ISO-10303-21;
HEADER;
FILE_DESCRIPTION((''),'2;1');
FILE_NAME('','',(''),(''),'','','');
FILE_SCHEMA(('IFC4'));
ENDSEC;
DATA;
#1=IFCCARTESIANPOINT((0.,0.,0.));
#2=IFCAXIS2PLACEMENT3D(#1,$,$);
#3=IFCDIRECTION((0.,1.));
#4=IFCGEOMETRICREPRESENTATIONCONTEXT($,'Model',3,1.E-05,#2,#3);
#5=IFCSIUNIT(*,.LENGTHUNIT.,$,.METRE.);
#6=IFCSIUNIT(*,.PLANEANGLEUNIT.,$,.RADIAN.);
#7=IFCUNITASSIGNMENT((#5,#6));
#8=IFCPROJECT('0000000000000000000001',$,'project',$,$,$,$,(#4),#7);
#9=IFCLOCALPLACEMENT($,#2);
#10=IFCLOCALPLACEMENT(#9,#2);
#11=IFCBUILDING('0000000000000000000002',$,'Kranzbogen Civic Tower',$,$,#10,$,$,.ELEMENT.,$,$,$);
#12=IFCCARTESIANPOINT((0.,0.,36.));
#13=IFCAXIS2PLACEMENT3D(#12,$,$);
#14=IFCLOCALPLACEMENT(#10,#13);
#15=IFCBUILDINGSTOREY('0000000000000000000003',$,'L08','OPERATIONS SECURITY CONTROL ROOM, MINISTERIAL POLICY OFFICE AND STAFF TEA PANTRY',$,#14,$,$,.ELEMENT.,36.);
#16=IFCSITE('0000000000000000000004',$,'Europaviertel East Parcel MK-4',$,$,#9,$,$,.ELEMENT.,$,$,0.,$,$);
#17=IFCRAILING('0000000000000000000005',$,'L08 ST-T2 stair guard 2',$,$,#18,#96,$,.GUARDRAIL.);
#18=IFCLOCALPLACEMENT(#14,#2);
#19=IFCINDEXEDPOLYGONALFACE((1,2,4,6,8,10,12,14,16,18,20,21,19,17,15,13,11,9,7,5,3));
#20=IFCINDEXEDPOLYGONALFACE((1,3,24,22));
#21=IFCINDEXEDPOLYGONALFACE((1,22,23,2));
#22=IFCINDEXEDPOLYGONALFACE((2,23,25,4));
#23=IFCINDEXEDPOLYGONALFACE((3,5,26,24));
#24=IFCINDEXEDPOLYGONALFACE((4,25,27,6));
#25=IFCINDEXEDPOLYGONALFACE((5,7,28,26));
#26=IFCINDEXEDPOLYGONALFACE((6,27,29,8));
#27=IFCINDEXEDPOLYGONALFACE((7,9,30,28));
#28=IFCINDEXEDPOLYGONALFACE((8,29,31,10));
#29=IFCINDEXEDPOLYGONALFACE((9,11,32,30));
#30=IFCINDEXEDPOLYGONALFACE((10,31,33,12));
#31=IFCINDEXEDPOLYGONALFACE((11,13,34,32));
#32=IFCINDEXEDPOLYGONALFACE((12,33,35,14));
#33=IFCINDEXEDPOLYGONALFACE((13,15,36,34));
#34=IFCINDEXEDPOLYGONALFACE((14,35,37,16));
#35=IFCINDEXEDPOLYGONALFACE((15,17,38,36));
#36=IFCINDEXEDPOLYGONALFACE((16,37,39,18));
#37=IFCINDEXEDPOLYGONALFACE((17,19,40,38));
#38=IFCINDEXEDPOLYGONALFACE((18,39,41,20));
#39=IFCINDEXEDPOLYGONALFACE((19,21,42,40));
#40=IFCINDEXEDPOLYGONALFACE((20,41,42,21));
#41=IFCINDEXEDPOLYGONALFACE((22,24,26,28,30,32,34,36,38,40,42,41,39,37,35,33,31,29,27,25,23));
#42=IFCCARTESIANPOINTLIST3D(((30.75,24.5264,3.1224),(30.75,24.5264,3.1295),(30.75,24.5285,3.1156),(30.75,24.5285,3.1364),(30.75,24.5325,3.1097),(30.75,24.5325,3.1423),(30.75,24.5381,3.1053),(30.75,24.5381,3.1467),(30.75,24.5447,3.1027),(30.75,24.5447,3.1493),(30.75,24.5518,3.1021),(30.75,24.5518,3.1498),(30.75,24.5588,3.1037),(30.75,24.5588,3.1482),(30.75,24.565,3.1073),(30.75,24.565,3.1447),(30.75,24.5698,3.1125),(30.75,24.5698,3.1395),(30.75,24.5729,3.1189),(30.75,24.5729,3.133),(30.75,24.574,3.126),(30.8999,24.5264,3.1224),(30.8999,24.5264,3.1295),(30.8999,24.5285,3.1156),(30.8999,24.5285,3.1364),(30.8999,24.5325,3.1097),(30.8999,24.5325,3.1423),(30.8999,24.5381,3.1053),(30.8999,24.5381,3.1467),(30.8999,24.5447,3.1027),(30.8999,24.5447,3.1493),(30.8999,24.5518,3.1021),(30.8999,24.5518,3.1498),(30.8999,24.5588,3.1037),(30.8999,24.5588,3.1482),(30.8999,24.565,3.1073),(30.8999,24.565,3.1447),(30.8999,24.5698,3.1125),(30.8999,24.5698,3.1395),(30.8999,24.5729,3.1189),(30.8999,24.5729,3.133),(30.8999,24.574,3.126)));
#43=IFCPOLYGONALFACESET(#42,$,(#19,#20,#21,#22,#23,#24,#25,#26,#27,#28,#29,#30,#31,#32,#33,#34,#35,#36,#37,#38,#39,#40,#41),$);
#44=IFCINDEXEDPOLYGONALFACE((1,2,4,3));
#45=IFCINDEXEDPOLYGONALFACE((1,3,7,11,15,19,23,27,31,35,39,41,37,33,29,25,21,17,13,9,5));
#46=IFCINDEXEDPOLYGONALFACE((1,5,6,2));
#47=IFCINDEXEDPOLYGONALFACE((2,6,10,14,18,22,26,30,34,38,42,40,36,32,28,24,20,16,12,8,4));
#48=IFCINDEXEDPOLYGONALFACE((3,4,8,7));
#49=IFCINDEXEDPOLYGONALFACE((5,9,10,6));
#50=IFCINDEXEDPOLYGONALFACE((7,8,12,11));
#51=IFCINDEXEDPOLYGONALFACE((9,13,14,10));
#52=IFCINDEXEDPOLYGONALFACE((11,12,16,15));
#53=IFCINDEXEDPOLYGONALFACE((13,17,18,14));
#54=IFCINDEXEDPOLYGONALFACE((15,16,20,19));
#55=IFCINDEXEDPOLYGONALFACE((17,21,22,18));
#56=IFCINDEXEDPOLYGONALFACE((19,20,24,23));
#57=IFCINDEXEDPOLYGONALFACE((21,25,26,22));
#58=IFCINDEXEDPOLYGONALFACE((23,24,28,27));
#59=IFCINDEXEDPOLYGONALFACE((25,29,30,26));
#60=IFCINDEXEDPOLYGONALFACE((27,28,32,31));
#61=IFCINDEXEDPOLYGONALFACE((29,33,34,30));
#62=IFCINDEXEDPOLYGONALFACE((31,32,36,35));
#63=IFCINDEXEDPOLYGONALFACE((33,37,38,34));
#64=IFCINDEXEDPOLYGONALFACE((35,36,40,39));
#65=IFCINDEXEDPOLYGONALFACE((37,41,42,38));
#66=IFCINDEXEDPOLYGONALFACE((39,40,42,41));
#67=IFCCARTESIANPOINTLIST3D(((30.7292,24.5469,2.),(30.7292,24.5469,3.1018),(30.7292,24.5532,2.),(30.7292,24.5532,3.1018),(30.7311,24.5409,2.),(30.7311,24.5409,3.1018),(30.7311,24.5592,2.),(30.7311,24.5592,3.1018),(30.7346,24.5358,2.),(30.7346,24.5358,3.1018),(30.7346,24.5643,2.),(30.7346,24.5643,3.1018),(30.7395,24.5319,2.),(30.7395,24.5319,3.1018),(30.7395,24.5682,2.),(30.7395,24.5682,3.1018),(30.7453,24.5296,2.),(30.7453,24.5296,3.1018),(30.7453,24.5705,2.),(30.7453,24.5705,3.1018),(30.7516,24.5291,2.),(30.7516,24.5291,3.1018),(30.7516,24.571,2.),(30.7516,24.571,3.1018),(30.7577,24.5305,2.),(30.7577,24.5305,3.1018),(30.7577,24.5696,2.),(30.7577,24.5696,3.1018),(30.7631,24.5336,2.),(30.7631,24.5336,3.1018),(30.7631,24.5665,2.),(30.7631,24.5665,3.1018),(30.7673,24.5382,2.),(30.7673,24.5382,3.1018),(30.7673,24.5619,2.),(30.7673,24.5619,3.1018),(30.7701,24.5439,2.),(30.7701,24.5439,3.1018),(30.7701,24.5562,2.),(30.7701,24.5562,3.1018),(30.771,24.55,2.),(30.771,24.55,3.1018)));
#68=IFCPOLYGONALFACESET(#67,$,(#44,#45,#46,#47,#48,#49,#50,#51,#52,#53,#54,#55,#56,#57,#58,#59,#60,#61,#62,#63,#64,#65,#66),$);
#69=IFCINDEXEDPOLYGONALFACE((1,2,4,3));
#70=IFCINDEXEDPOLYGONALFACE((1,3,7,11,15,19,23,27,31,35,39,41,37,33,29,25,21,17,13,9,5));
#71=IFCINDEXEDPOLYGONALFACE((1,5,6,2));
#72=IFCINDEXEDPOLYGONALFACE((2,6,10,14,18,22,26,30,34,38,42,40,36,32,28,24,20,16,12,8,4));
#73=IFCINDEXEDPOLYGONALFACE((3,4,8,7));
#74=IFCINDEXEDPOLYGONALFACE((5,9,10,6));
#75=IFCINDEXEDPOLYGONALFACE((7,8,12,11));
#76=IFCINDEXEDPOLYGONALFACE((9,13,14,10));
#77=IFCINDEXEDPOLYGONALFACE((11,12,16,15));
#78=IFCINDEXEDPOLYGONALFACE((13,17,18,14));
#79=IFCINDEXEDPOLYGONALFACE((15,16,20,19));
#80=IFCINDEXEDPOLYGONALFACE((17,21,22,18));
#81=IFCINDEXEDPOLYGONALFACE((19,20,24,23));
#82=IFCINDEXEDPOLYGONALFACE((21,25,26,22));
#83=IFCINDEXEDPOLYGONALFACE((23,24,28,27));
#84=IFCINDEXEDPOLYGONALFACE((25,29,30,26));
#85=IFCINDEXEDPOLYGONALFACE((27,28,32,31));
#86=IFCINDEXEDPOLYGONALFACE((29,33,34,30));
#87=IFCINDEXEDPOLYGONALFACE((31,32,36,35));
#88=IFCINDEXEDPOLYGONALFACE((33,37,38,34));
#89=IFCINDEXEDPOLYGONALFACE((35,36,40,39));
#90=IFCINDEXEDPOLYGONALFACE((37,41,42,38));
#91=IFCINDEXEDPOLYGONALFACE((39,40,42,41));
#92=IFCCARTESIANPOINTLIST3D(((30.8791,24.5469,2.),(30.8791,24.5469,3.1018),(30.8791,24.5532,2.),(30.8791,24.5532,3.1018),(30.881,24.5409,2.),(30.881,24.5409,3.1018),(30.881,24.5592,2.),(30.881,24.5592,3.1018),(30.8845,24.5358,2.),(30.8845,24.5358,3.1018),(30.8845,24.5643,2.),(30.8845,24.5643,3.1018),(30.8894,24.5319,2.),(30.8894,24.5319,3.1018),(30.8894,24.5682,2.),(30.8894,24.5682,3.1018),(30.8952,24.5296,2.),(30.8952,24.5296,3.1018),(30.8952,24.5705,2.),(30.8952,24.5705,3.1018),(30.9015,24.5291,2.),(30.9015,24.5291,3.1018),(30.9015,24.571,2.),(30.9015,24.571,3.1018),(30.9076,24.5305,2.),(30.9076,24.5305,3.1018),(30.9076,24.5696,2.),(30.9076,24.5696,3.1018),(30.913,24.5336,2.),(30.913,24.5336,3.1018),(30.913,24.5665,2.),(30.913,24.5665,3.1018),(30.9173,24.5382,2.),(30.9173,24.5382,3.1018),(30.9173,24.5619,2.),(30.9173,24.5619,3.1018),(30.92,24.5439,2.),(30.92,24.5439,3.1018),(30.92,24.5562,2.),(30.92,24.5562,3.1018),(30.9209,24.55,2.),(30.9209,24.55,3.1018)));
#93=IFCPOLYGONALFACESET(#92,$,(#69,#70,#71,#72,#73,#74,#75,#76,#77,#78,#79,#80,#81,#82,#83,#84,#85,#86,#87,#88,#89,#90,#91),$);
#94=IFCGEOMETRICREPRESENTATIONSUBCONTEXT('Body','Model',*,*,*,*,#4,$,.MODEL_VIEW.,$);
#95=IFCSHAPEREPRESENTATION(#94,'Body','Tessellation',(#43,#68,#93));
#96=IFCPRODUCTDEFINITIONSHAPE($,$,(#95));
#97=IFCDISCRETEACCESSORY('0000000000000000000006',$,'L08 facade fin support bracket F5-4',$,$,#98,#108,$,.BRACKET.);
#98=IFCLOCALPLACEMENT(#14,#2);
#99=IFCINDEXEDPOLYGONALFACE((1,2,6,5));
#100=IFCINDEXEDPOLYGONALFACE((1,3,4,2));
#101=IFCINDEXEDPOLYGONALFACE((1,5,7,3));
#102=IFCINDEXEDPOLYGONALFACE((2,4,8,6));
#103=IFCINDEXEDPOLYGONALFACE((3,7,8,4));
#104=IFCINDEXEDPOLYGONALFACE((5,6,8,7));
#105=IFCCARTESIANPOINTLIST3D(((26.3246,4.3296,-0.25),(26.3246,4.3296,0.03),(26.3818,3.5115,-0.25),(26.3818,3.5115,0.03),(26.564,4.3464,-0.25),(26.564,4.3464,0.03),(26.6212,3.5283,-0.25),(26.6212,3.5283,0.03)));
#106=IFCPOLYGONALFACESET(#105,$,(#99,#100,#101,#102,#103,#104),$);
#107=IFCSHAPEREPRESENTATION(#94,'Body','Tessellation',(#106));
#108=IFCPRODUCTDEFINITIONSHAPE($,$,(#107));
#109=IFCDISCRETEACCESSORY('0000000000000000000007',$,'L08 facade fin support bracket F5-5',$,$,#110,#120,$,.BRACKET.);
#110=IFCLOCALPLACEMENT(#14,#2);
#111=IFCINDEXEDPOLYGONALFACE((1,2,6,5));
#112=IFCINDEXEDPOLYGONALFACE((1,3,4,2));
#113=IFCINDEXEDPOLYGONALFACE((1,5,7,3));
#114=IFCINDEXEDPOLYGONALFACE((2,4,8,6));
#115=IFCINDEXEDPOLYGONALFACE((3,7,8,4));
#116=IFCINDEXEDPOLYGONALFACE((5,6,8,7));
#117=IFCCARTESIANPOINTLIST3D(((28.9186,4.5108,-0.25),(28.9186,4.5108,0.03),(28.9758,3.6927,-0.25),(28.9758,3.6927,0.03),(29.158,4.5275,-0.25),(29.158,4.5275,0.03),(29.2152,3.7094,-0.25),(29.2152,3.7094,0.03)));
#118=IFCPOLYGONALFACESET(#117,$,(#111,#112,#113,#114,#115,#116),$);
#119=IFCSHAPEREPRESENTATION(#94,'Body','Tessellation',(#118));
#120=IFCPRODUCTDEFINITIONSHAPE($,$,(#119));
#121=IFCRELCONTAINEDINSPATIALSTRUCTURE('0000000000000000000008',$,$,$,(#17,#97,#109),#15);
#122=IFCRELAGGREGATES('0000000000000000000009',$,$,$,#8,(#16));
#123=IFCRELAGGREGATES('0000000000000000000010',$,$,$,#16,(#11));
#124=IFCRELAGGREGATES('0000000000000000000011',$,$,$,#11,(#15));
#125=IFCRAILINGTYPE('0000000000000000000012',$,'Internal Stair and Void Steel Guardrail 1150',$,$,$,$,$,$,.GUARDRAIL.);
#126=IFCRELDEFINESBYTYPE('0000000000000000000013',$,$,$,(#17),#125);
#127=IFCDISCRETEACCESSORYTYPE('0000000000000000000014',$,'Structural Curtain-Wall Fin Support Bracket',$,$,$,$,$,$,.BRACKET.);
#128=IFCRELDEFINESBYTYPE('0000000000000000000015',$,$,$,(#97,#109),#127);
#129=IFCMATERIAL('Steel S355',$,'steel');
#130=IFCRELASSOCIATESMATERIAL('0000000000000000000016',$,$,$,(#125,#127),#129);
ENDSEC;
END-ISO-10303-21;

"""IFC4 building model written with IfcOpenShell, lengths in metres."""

from ifc_helpers import new_model, si_unit, direction, frame, origin, origin_2d, place, context, subcontext, project, spatial, rectangle, circle, extrude, material, type_object, element, save


model = new_model("IFC4")

# Units and contexts
model_context = context("Model", 3, precision=1e-05, world=origin(), true_north=direction((0.0, 1.0)))
body_context = subcontext(model_context, "Body", "Model", "MODEL_VIEW")
ifc_project = project(units=[si_unit("LENGTHUNIT", "METRE"), si_unit("PLANEANGLEUNIT", "RADIAN")], contexts=[model_context])

# Site, building, storey
site_placement = place(None, origin())
site = spatial("IfcSite", under=ifc_project, at=site_placement, Name="Europaviertel East Parcel MK-4", CompositionType="ELEMENT", RefElevation=0.0)
building_placement = place(site_placement, origin())
building = spatial("IfcBuilding", under=site, at=building_placement, Name="Kranzbogen Civic Tower", CompositionType="ELEMENT")
storey_placement = place(building_placement, frame((0.0, 0.0, 36.0)))
storey = spatial("IfcBuildingStorey", under=building, at=storey_placement, Name="L08", Description="OPERATIONS SECURITY CONTROL ROOM, MINISTERIAL POLICY OFFICE AND STAFF TEA PANTRY", CompositionType="ELEMENT", Elevation=36.0)

# Shared definitions
ifc_material_1 = material(Name="Steel S355", Category="steel")

# Railing
railing_type = type_object("IfcRailingType", Name="Internal Stair and Void Steel Guardrail 1150", PredefinedType="GUARDRAIL", material=ifc_material_1)
railing_placement = place(storey_placement, frame((30.75, 24.55, 2.0)))
element("IfcRailing", 1, at=railing_placement, inside=storey, type_object=railing_type, Name="L08 ST-T2 stair guard 2", PredefinedType="GUARDRAIL", context=body_context, shape_type="SweptSolid", body=[
    extrude(circle(Radius=0.0239, at=origin_2d()), frame((0.0, 0.0, 1.126), z_axis=(1.0, 0.0, 0.0), x_axis=(0.0, 1.0, 0.0)), (0.0, 0.0, 1.0), 0.1499),
    extrude(circle(Radius=0.021, at=origin_2d()), origin(), (0.0, 0.0, 1.0), 1.1018),
    extrude(circle(Radius=0.021, at=origin_2d()), frame((0.1499, 0.0, 0.0)), (0.0, 0.0, 1.0), 1.1018),
])

# Discrete accessories
discrete_accessory_type = type_object("IfcDiscreteAccessoryType", Name="Structural Curtain-Wall Fin Support Bracket", PredefinedType="BRACKET", material=ifc_material_1)
for number, where, z_axis, x_axis, name in (
    (2, (26.4729, 3.929, -0.25), (0.0, 0.0, 1.0), (0.069756, -0.997564, 0.0), "L08 facade fin support bracket F5-4"),
    (3, (29.0669, 4.1101, -0.25), (0.0, 0.0, 1.0), (0.069756, -0.997564, 0.0), "L08 facade fin support bracket F5-5"),
):
    element("IfcDiscreteAccessory", number, at=place(storey_placement, frame(where, z_axis=z_axis, x_axis=x_axis)), inside=storey, type_object=discrete_accessory_type, Name=name, PredefinedType="BRACKET", context=body_context, shape_type="SweptSolid", body=[
        extrude(rectangle(XDim=0.8201, YDim=0.24, at=origin_2d()), origin(), (0.0, 0.0, 1.0), 0.28),
    ])

save(model, "model.ifc")
